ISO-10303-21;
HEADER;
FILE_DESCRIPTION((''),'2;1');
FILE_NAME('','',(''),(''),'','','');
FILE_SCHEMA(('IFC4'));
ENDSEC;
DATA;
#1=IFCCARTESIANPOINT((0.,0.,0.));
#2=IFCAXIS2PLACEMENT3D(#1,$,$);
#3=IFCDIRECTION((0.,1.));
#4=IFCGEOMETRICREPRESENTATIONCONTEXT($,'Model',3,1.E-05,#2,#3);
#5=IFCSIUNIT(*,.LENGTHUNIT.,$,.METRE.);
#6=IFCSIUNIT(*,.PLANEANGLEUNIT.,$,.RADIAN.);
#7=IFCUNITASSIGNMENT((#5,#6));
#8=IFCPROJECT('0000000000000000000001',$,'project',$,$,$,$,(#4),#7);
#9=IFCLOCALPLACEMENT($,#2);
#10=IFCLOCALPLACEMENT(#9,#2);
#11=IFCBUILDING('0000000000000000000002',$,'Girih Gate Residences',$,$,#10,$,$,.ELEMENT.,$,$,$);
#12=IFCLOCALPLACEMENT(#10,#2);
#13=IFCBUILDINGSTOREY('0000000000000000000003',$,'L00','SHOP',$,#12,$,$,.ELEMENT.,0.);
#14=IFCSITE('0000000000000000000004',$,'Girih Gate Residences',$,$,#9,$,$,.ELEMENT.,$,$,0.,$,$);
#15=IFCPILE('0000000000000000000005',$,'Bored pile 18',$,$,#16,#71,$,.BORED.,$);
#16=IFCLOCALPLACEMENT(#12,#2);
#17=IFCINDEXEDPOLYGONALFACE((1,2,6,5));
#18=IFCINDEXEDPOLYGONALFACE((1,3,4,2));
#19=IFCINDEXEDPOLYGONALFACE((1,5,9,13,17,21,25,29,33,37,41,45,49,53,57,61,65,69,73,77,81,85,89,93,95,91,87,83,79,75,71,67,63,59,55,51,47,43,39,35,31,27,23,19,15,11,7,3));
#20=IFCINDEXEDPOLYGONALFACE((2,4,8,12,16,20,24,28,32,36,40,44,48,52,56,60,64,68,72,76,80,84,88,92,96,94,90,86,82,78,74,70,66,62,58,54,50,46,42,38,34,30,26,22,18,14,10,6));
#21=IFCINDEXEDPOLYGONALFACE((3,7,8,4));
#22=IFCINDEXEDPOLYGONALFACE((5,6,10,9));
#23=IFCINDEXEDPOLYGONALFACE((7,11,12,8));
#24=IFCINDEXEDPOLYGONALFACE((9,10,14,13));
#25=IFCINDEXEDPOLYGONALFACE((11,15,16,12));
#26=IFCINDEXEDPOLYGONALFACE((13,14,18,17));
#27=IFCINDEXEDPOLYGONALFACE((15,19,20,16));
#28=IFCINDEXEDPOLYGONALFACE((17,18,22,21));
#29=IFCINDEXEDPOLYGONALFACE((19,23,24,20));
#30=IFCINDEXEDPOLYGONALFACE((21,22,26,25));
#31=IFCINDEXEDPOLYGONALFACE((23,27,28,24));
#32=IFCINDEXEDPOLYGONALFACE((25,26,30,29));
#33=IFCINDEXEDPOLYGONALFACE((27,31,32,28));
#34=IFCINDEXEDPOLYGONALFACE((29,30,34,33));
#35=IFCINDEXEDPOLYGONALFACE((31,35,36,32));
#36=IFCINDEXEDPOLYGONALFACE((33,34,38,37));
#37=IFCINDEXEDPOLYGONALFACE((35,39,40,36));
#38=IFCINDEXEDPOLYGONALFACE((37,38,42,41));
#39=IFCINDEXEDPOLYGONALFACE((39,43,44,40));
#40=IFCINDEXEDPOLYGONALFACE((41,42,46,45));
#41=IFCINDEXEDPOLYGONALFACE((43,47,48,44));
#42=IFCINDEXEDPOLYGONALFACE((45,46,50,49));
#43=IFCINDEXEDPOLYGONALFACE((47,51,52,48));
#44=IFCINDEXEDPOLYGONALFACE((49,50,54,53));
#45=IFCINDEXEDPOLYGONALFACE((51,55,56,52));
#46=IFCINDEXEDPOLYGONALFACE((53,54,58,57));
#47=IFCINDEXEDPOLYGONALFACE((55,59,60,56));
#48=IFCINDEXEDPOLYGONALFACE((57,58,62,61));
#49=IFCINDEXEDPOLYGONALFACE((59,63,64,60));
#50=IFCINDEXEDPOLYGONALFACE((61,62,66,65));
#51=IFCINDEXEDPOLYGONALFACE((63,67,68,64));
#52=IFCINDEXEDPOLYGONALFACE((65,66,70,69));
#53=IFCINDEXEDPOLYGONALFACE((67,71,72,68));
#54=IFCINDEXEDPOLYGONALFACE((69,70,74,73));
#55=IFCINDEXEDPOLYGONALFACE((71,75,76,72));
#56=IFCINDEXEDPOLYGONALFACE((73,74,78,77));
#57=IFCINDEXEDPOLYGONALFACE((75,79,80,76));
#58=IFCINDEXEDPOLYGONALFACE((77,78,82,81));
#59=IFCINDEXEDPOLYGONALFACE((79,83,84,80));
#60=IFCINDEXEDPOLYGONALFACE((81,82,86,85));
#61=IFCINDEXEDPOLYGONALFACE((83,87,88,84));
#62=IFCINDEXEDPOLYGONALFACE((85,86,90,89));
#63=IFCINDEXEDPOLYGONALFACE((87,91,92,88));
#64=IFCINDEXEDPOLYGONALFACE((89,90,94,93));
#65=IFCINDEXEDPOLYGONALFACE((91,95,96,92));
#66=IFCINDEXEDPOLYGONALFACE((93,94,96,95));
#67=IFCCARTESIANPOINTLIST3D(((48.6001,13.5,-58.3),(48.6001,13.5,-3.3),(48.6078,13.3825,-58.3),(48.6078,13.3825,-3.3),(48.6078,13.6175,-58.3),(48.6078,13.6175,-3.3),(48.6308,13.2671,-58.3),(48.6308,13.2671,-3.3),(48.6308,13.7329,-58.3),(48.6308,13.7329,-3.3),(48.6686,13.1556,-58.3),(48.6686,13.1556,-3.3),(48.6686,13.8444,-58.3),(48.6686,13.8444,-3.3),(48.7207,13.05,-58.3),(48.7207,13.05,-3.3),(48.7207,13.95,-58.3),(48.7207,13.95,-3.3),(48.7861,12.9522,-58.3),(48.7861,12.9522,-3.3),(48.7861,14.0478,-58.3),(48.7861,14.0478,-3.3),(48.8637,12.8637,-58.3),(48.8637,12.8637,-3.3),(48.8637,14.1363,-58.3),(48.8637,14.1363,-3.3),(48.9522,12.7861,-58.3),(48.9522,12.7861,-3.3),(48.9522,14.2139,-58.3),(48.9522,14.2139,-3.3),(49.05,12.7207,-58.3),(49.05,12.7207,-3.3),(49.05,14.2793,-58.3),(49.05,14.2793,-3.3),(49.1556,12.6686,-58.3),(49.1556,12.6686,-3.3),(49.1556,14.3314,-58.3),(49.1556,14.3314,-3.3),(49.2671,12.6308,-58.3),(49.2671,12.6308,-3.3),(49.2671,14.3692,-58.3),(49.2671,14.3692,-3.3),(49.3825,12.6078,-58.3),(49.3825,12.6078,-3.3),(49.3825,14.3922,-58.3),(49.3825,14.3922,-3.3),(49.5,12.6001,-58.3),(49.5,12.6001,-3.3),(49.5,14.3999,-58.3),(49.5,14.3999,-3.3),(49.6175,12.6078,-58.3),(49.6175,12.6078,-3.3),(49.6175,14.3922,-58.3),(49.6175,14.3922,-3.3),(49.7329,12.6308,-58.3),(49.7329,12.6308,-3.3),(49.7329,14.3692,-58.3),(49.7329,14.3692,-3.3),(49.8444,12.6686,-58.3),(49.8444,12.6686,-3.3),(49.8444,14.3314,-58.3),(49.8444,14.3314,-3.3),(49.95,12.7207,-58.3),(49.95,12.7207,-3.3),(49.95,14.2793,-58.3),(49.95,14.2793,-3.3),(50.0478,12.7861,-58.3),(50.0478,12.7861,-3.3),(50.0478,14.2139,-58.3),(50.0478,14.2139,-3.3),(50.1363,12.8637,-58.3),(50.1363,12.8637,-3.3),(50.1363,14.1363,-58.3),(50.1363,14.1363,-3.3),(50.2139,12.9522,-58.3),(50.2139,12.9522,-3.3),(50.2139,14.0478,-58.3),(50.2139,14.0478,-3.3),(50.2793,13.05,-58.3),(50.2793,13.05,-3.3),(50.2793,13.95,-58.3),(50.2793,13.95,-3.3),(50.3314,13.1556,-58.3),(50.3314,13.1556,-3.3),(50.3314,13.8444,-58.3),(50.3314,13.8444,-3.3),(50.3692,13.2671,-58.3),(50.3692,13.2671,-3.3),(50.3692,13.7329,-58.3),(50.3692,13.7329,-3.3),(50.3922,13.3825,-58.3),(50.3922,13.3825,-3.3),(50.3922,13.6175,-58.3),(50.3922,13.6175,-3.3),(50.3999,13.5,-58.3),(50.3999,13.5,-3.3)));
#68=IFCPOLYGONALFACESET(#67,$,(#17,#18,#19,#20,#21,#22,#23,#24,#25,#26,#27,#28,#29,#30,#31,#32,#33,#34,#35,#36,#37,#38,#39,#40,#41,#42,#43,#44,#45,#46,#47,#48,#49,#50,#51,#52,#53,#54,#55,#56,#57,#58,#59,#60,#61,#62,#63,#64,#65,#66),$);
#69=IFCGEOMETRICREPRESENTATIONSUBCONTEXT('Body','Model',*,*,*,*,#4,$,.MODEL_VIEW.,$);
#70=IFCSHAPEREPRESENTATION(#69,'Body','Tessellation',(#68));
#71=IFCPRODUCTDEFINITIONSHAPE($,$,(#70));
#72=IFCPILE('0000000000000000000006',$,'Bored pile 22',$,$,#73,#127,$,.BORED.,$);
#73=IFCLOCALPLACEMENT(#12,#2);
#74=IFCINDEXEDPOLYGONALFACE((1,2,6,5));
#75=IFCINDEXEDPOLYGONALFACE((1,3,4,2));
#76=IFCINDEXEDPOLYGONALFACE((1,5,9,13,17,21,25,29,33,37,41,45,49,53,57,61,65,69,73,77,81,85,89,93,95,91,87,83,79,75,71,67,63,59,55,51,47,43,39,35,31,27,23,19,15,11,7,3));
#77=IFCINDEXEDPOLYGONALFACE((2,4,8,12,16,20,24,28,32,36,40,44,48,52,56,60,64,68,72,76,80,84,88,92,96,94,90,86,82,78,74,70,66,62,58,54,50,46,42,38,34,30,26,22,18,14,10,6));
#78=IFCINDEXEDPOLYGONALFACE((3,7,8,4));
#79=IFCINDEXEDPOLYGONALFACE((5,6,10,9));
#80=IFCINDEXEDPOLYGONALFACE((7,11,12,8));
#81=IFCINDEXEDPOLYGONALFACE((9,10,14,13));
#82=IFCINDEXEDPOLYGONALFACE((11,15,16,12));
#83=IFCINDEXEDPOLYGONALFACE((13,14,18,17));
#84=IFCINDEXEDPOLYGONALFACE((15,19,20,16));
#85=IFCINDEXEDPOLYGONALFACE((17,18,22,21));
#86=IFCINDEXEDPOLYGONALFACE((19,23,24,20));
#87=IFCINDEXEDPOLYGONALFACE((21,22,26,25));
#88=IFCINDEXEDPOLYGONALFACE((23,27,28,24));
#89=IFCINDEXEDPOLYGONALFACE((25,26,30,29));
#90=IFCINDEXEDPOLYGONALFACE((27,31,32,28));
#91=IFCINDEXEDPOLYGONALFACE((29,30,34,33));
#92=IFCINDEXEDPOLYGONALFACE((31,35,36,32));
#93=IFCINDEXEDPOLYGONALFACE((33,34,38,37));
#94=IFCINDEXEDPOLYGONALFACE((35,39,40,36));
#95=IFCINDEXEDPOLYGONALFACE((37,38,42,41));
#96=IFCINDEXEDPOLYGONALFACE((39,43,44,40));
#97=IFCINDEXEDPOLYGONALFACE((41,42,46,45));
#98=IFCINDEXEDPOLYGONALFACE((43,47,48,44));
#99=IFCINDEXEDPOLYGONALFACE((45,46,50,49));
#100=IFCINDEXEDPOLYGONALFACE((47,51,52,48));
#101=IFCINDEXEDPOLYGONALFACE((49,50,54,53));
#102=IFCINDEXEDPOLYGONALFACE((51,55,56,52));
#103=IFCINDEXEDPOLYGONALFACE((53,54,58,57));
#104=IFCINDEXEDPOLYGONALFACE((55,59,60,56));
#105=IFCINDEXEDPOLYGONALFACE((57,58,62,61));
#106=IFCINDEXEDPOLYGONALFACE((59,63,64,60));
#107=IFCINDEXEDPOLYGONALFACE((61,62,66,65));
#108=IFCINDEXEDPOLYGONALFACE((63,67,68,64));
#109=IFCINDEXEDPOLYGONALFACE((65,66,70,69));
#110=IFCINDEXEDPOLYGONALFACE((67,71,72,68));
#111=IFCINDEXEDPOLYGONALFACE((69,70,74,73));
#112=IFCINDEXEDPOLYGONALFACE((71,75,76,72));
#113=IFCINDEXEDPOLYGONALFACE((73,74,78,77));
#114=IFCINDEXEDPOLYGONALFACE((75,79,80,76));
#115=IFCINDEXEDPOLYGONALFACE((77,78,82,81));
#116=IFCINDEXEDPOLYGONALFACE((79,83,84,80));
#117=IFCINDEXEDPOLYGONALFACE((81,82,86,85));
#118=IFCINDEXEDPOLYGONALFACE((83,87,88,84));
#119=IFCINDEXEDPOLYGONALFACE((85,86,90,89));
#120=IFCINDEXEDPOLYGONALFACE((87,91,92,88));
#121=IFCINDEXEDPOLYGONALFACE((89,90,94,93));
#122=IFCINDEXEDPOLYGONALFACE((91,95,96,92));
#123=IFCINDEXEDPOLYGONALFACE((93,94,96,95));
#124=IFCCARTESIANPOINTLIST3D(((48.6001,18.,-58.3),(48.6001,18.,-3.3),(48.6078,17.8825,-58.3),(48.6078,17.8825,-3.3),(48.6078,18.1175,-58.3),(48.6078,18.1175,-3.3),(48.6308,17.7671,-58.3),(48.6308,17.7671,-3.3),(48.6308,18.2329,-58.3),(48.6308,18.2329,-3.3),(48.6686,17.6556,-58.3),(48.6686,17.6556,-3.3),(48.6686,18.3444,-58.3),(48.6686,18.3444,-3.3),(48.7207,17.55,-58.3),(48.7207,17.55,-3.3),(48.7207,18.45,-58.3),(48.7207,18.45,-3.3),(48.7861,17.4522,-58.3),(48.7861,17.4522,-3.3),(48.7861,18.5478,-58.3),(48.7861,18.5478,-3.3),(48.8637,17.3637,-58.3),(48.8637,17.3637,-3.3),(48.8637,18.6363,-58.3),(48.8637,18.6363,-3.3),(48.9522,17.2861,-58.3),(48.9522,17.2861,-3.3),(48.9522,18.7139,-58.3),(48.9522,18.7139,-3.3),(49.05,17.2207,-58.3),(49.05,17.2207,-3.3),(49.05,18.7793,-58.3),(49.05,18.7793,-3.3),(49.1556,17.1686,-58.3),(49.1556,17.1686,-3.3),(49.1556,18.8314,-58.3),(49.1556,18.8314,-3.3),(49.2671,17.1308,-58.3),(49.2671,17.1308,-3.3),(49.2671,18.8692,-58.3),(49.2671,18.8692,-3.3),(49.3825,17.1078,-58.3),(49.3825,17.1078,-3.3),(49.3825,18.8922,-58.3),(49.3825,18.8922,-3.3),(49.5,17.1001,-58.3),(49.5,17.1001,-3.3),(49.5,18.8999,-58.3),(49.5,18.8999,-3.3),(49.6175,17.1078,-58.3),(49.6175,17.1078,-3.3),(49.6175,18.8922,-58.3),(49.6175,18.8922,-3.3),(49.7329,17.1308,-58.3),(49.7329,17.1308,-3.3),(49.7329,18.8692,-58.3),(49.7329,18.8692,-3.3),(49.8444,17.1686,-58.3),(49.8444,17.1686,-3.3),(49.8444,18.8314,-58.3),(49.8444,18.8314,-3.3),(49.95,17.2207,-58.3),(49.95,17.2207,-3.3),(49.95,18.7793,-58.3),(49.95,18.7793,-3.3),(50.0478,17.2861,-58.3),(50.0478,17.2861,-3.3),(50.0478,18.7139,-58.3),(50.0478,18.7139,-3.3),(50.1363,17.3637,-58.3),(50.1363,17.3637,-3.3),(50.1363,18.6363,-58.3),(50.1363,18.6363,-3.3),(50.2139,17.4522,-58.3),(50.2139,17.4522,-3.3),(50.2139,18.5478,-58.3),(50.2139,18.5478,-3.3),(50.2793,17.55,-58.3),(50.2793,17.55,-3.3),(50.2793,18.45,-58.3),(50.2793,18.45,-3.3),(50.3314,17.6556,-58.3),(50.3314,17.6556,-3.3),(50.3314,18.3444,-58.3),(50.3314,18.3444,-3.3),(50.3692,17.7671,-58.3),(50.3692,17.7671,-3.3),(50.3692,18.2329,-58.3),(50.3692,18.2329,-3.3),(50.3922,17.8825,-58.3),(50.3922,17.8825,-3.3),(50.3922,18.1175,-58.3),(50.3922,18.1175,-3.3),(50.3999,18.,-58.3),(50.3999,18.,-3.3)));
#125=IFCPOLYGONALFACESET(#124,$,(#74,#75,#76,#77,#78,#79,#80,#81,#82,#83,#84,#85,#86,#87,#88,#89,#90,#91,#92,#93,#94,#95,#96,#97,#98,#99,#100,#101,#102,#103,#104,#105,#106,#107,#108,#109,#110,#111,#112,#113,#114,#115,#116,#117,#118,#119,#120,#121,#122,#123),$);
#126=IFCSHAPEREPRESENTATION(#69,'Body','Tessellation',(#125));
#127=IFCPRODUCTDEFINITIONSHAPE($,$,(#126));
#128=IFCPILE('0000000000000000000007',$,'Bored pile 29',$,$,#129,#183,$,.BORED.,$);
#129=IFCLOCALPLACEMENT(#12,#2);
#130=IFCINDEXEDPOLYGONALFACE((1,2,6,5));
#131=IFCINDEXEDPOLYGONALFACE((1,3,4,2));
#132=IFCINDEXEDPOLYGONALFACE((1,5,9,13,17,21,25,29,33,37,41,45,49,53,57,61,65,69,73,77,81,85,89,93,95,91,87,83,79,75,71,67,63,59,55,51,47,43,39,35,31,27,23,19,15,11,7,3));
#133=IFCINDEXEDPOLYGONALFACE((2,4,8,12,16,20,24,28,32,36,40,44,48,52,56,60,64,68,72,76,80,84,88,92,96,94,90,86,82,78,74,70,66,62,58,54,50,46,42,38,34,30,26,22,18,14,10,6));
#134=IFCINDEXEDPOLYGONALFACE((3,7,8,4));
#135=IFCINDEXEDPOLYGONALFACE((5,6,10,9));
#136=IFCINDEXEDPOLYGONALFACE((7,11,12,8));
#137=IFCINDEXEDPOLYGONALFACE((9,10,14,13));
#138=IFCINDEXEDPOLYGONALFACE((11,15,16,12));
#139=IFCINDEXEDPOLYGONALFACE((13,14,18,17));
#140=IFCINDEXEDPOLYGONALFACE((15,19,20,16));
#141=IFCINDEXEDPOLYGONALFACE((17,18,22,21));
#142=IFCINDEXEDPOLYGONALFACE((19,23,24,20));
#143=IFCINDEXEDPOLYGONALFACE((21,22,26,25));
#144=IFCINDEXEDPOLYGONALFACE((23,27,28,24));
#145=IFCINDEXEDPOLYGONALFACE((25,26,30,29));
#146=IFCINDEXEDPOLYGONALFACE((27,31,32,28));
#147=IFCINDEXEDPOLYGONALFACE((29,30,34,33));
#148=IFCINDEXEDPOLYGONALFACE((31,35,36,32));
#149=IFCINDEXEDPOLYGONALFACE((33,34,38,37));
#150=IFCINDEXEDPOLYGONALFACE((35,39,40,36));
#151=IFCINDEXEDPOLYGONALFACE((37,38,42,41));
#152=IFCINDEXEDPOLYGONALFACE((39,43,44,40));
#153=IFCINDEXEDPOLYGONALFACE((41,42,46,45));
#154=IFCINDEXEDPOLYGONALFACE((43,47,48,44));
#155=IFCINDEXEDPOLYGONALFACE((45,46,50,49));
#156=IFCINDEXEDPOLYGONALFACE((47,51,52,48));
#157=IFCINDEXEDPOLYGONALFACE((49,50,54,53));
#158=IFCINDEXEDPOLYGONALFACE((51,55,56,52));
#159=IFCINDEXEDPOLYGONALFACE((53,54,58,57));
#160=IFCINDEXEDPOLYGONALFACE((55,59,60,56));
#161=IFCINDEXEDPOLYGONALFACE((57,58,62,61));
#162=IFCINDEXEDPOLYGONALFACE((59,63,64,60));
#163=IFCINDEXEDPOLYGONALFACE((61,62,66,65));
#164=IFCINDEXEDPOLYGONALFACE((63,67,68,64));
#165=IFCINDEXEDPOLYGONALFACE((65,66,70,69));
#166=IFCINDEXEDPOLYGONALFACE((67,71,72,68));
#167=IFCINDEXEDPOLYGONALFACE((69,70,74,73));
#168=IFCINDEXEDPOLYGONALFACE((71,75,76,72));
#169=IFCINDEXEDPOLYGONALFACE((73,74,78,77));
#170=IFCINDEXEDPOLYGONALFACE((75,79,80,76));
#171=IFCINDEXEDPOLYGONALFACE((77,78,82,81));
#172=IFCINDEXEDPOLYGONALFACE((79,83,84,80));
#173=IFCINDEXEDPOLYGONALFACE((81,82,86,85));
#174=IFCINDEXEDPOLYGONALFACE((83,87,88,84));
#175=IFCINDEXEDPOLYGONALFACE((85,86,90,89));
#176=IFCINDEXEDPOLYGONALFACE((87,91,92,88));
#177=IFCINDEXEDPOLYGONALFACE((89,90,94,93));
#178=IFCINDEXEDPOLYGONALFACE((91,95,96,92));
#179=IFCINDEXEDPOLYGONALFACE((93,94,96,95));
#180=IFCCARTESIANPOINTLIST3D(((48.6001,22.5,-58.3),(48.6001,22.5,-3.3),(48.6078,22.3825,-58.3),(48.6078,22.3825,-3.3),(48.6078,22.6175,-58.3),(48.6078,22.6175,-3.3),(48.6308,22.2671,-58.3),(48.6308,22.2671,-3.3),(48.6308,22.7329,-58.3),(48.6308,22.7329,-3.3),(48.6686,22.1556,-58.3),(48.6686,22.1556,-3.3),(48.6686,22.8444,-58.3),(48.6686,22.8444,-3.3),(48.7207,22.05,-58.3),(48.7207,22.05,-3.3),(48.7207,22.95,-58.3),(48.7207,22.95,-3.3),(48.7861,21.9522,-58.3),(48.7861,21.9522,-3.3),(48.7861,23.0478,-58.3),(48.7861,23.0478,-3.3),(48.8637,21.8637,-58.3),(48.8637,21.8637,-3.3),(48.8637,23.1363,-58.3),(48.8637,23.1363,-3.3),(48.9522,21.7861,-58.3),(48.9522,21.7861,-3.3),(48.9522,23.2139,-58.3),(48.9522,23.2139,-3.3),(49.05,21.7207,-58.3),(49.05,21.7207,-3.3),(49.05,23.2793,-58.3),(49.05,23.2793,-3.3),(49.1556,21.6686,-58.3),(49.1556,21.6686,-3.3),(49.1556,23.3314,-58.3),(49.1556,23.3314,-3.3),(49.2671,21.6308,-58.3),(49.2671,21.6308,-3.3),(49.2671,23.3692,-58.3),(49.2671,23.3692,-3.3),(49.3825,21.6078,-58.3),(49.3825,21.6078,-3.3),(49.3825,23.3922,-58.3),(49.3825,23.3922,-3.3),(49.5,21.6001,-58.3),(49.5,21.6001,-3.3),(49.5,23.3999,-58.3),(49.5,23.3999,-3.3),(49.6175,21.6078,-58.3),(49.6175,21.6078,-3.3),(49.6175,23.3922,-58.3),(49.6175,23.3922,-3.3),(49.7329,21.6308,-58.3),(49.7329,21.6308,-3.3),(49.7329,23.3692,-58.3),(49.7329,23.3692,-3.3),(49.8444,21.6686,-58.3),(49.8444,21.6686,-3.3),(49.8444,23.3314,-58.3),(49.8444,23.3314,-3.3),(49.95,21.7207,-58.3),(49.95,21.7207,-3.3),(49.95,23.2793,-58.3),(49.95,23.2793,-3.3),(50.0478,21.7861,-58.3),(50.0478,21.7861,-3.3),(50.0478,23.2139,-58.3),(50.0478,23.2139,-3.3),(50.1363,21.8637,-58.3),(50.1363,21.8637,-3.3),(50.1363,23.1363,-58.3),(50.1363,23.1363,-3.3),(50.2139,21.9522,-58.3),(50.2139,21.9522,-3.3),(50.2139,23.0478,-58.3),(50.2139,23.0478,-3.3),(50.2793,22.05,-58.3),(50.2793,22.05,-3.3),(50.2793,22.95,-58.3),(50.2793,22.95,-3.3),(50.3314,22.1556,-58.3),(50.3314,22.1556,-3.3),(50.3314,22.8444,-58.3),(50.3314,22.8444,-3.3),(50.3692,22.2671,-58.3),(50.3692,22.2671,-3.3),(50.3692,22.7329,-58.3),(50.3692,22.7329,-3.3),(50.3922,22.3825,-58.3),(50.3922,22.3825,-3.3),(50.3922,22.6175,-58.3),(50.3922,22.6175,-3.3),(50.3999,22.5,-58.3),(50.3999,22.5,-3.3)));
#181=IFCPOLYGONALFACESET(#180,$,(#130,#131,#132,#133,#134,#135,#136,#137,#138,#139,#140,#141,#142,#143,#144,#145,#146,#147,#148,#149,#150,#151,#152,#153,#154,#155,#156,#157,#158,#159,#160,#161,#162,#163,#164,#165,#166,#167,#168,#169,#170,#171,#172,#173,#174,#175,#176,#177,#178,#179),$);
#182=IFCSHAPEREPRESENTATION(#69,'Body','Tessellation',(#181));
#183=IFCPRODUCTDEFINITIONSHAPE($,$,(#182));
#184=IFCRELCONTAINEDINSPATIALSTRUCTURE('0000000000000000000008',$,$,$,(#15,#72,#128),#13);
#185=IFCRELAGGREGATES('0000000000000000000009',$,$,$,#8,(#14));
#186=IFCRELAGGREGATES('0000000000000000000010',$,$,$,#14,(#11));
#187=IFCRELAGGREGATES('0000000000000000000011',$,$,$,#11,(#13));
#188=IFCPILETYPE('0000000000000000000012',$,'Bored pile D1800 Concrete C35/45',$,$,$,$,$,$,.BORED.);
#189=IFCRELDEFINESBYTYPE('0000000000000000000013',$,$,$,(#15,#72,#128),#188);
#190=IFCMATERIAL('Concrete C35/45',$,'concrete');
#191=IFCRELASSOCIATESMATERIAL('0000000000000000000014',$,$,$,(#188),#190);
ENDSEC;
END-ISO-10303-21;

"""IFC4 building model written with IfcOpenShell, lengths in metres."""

from ifc_helpers import new_model, si_unit, direction, frame, origin, origin_2d, place, context, subcontext, project, spatial, circle, extrude, material, material_profile, profile_set, type_object, element, save


model = new_model("IFC4")

# Units and contexts
model_context = context("Model", 3, precision=1e-05, world=origin(), true_north=direction((0.0, 1.0)))
body_context = subcontext(model_context, "Body", "Model", "MODEL_VIEW")
ifc_project = project(units=[si_unit("LENGTHUNIT", "METRE"), si_unit("PLANEANGLEUNIT", "RADIAN")], contexts=[model_context])

# Site, building, storey
site_placement = place(None, origin())
site = spatial("IfcSite", under=ifc_project, at=site_placement, Name="Girih Gate Residences", CompositionType="ELEMENT", RefElevation=0.0)
building_placement = place(site_placement, origin())
building = spatial("IfcBuilding", under=site, at=building_placement, Name="Girih Gate Residences", CompositionType="ELEMENT")
storey_placement = place(building_placement, origin())
storey = spatial("IfcBuildingStorey", under=building, at=storey_placement, Name="L00", Description="SHOP", CompositionType="ELEMENT", Elevation=0.0)

# Piles
ifc_material_1 = material(Name="Concrete C35/45", Category="concrete")
ifc_material_profile_1 = material_profile(ifc_material_1, circle(Radius=0.8999, at=origin_2d()))
ifc_profile_set_1 = profile_set([ifc_material_profile_1], Name="Concrete C35/45")
pile_type_1 = type_object("IfcPileType", Name="Bored pile D1800 Concrete C35/45", PredefinedType="BORED", material=ifc_profile_set_1)
for number, where, z_axis, x_axis, name in (
    (1, (49.5, 13.5, -3.3), (0.0, 0.0, -1.0), (1.0, 0.0, 0.0), "Bored pile 18"),
    (2, (49.5, 18.0, -3.3), (0.0, 0.0, -1.0), (1.0, 0.0, 0.0), "Bored pile 22"),
    (3, (49.5, 22.5, -3.3), (0.0, 0.0, -1.0), (1.0, 0.0, 0.0), "Bored pile 29"),
):
    element("IfcPile", number, at=place(storey_placement, frame(where, z_axis=z_axis, x_axis=x_axis)), inside=storey, type_object=pile_type_1, Name=name, PredefinedType="BORED", context=body_context, shape_type="SweptSolid", body=[
        extrude(circle(Radius=0.8999, at=origin_2d()), origin(), (0.0, 0.0, 1.0), 55.0),
    ])

save(model, "model.ifc")
